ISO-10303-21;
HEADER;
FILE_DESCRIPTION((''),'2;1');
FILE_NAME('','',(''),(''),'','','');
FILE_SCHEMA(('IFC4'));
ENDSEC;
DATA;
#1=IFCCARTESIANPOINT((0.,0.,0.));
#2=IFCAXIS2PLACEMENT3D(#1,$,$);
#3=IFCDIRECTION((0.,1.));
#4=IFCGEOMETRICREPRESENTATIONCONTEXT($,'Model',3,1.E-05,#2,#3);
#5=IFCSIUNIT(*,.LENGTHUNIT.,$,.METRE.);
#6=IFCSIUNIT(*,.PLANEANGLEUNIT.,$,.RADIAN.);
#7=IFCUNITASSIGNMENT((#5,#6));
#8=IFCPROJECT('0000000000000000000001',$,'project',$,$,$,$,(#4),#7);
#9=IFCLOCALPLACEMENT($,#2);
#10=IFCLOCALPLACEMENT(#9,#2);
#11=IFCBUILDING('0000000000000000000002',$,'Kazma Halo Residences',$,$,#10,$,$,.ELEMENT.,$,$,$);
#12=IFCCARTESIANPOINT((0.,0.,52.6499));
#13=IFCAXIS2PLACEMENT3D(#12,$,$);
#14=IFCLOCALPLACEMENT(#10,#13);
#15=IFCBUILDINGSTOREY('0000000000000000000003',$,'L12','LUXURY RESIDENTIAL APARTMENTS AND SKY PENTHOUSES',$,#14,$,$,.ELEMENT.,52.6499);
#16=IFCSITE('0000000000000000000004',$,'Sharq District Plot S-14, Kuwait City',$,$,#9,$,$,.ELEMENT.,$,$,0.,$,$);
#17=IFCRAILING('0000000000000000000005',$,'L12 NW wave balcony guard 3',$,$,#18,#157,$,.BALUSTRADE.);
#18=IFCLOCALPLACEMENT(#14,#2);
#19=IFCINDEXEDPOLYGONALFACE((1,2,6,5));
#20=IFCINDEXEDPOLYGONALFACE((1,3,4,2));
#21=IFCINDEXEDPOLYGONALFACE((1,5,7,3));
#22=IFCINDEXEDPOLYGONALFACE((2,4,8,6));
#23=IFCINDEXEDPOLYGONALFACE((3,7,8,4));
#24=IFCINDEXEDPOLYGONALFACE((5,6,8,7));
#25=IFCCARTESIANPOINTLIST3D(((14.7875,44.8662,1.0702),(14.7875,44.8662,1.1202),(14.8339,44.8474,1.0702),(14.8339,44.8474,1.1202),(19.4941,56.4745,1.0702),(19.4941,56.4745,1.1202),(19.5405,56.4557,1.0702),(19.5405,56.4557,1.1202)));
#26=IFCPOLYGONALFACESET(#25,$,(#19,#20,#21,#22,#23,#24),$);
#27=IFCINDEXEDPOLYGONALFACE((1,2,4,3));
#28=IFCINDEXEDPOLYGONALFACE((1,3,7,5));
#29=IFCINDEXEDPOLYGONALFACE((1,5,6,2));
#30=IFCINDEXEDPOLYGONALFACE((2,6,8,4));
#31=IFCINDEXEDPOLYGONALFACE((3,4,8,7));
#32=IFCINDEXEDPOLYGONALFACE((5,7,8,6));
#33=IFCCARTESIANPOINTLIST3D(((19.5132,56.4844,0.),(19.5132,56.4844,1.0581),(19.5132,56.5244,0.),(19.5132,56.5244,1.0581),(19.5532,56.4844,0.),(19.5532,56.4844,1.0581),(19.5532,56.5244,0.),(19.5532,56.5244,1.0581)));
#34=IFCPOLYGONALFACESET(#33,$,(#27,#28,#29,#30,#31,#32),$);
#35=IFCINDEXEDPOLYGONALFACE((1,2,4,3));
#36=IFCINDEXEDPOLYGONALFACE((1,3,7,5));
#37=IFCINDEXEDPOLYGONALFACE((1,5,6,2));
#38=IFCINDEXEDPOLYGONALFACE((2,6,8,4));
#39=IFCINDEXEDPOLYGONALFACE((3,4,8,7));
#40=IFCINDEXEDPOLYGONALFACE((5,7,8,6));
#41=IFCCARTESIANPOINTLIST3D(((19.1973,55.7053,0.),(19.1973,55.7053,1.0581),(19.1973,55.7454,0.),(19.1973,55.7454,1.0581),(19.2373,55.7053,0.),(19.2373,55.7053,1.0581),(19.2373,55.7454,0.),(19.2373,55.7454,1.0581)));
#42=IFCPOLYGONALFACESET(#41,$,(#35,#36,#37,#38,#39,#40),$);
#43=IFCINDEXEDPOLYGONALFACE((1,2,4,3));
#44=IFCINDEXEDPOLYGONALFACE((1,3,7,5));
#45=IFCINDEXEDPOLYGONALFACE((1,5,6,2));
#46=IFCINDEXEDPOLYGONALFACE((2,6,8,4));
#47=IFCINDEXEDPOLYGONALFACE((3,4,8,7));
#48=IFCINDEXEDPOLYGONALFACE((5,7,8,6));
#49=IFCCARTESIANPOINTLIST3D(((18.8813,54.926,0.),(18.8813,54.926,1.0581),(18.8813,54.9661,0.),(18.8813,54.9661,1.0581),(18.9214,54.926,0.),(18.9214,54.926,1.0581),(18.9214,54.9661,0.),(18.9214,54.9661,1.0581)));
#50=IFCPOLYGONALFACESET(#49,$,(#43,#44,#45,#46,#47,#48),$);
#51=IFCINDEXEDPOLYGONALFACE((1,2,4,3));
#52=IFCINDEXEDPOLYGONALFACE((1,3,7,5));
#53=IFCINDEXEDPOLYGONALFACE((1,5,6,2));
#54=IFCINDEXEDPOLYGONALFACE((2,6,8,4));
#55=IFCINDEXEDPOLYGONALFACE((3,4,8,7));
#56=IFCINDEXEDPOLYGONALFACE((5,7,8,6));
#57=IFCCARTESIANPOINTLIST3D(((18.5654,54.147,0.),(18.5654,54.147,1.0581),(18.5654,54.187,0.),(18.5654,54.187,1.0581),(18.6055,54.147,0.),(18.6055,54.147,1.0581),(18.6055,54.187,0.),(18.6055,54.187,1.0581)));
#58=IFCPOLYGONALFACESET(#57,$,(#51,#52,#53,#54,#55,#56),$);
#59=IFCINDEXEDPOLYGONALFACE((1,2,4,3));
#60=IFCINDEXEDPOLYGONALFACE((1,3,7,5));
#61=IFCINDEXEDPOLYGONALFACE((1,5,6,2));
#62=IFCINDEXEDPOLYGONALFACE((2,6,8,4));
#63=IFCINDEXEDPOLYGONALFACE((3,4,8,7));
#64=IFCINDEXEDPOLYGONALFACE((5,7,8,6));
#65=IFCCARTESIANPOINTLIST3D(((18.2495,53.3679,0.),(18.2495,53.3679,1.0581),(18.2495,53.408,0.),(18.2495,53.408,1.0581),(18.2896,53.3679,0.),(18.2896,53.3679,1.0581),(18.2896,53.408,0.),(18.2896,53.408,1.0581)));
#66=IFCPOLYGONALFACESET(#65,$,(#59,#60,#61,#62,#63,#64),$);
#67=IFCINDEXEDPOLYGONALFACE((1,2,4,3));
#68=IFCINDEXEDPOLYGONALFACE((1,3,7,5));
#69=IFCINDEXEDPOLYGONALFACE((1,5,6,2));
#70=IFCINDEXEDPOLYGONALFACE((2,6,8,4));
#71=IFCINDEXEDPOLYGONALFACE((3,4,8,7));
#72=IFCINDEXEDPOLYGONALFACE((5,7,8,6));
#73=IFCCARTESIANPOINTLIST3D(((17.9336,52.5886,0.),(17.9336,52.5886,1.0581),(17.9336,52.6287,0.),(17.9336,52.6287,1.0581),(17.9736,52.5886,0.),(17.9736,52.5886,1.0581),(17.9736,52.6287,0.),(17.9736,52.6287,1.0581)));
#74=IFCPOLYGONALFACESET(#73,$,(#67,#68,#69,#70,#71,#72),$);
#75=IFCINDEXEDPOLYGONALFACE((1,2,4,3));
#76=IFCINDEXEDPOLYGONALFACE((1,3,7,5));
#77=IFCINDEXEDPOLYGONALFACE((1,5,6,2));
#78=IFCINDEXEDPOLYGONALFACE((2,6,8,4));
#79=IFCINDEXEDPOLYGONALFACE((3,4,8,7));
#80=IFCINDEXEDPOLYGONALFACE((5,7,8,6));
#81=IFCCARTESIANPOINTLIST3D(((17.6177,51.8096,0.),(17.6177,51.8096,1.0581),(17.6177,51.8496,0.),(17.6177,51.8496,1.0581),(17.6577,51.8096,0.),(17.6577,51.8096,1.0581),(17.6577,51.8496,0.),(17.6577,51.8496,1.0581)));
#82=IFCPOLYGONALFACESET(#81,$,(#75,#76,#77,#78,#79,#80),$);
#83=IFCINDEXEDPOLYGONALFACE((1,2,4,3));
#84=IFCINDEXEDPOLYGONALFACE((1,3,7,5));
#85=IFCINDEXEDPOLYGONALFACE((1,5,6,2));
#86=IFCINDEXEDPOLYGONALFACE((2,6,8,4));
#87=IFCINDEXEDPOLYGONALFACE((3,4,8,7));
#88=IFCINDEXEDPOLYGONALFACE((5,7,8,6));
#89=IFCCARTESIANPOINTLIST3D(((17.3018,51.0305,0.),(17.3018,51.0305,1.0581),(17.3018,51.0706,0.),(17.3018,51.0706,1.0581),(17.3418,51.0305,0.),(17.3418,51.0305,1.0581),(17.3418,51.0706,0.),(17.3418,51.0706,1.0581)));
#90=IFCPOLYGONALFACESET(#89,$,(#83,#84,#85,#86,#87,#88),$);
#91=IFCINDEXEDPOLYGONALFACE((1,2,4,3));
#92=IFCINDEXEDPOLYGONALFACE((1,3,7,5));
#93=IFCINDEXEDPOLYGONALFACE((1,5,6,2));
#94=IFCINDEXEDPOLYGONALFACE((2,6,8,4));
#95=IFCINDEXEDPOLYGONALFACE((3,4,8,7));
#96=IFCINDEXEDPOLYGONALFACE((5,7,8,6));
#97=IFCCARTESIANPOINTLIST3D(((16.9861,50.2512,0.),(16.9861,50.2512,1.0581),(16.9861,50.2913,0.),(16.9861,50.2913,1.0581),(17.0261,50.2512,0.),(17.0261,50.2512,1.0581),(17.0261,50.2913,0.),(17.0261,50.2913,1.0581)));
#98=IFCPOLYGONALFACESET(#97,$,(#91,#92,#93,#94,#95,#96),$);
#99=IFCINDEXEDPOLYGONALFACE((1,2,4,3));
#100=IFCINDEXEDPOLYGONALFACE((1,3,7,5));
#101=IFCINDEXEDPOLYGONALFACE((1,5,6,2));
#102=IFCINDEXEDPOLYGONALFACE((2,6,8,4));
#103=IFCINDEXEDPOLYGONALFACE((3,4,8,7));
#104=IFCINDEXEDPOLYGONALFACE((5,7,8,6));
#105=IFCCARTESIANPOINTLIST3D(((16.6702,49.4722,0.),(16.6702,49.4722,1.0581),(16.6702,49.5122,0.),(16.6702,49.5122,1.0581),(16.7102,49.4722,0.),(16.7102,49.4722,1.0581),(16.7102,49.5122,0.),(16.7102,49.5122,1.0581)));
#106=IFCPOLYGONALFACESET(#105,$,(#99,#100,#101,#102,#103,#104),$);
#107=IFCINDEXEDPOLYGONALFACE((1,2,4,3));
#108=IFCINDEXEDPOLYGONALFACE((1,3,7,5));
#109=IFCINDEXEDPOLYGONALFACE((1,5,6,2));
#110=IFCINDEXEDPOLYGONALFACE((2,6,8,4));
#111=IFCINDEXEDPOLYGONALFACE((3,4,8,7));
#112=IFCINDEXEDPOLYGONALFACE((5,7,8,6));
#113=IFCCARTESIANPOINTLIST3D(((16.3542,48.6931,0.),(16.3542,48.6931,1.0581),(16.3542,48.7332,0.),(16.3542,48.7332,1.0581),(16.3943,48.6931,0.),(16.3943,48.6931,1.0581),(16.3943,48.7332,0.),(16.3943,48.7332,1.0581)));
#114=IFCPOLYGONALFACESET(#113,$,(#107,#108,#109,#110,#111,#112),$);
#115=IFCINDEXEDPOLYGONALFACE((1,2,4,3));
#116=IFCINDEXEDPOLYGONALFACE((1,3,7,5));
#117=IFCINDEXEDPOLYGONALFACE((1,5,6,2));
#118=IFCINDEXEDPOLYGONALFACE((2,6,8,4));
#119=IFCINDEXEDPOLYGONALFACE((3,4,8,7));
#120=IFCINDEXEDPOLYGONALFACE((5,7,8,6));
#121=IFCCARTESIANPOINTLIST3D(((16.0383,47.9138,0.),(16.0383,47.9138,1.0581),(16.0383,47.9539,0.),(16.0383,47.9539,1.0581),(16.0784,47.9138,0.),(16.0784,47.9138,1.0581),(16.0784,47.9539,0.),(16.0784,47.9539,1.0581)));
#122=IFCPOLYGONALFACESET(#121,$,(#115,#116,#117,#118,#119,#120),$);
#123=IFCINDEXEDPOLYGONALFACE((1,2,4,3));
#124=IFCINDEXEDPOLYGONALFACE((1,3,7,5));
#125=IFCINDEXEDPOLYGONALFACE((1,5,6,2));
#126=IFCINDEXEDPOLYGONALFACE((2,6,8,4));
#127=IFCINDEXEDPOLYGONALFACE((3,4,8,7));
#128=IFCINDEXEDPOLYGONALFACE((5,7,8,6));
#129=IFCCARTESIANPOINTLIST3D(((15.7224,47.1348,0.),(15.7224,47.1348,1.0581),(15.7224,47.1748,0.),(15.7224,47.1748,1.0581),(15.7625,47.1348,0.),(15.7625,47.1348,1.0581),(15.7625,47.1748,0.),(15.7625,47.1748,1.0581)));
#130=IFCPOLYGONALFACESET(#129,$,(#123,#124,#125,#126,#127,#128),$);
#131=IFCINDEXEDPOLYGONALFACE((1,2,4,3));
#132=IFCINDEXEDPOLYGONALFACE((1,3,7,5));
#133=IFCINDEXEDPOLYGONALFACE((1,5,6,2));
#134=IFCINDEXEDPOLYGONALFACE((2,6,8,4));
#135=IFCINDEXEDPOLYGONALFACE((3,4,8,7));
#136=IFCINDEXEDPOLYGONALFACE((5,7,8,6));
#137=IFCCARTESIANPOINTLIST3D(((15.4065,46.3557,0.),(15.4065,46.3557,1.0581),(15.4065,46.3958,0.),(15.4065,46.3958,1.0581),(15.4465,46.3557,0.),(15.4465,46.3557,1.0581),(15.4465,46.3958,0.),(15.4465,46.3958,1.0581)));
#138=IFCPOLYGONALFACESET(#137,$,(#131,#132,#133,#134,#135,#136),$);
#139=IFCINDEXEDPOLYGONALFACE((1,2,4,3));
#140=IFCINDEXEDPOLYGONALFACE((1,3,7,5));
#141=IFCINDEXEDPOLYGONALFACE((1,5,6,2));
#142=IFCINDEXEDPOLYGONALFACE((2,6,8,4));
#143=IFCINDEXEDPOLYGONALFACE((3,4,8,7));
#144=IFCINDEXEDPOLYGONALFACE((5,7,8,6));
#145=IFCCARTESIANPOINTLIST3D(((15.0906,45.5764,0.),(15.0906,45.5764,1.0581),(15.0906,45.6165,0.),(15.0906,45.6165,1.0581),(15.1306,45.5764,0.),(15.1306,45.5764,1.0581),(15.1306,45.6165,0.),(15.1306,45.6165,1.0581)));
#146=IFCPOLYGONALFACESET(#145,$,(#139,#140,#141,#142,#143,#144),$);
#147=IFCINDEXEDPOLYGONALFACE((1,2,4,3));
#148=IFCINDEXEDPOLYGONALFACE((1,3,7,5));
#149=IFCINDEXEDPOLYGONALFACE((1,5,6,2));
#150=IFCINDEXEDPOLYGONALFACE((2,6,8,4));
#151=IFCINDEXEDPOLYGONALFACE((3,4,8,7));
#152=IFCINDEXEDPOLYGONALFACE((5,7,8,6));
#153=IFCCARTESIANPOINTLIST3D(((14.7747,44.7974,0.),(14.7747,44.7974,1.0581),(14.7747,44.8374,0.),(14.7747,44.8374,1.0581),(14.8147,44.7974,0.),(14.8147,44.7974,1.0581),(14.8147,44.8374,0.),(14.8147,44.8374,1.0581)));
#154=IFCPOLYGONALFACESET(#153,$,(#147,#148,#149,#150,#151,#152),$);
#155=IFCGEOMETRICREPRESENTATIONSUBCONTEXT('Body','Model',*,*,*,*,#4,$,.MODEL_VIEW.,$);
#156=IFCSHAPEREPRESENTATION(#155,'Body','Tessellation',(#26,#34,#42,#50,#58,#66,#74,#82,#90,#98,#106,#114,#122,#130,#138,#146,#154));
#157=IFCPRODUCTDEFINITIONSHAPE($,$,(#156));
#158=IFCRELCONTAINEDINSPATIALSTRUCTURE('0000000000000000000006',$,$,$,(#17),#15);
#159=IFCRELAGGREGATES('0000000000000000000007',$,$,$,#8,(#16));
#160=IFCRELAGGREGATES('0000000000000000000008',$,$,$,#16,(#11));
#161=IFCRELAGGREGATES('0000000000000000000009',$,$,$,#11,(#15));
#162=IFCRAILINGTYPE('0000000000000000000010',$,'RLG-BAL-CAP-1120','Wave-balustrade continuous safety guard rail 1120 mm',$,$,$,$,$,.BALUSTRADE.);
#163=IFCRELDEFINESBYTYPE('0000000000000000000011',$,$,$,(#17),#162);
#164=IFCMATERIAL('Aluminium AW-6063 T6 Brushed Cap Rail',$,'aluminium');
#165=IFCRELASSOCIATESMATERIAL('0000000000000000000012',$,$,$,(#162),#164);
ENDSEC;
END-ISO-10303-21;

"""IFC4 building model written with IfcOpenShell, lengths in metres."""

from ifc_helpers import new_model, si_unit, direction, frame, origin, origin_2d, place, context, subcontext, project, spatial, rectangle, extrude, material, type_object, element, save


model = new_model("IFC4")

# Units and contexts
model_context = context("Model", 3, precision=1e-05, world=origin(), true_north=direction((0.0, 1.0)))
body_context = subcontext(model_context, "Body", "Model", "MODEL_VIEW")
ifc_project = project(units=[si_unit("LENGTHUNIT", "METRE"), si_unit("PLANEANGLEUNIT", "RADIAN")], contexts=[model_context])

# Site, building, storey
site_placement = place(None, origin())
site = spatial("IfcSite", under=ifc_project, at=site_placement, Name="Sharq District Plot S-14, Kuwait City", CompositionType="ELEMENT", RefElevation=0.0)
building_placement = place(site_placement, origin())
building = spatial("IfcBuilding", under=site, at=building_placement, Name="Kazma Halo Residences", CompositionType="ELEMENT")
storey_placement = place(building_placement, frame((0.0, 0.0, 52.6499)))
storey = spatial("IfcBuildingStorey", under=building, at=storey_placement, Name="L12", Description="LUXURY RESIDENTIAL APARTMENTS AND SKY PENTHOUSES", CompositionType="ELEMENT", Elevation=52.6499)

# Railing
ifc_material_1 = material(Name="Aluminium AW-6063 T6 Brushed Cap Rail", Category="aluminium")
railing_type = type_object("IfcRailingType", Name="RLG-BAL-CAP-1120", Description="Wave-balustrade continuous safety guard rail 1120 mm", PredefinedType="BALUSTRADE", material=ifc_material_1)
railing_1_placement = place(storey_placement, frame((19.5332, 56.5044, 0.0)))
element("IfcRailing", 1, at=railing_1_placement, inside=storey, type_object=railing_type, Name="L12 NW wave balcony guard 3", PredefinedType="BALUSTRADE", context=body_context, shape_type="SweptSolid", body=[
    extrude(rectangle(XDim=0.05, YDim=0.05, at=origin_2d()), frame((-0.0159, -0.0393, 1.0952), z_axis=(-0.375742, -0.926724, 0.0), x_axis=(0.926724, -0.375742, 0.0)), (0.0, 0.0, 1.0), 12.5261),
    extrude(rectangle(XDim=0.04, YDim=0.04, at=origin_2d()), origin(), (0.0, 0.0, 1.0), 1.0581),
    extrude(rectangle(XDim=0.04, YDim=0.04, at=origin_2d()), frame((-0.3159, -0.7791, 0.0)), (0.0, 0.0, 1.0), 1.0581),
    extrude(rectangle(XDim=0.04, YDim=0.04, at=origin_2d()), frame((-0.6318, -1.5583, 0.0)), (0.0, 0.0, 1.0), 1.0581),
    extrude(rectangle(XDim=0.04, YDim=0.04, at=origin_2d()), frame((-0.9478, -2.3374, 0.0)), (0.0, 0.0, 1.0), 1.0581),
    extrude(rectangle(XDim=0.04, YDim=0.04, at=origin_2d()), frame((-1.2637, -3.1165, 0.0)), (0.0, 0.0, 1.0), 1.0581),
    extrude(rectangle(XDim=0.04, YDim=0.04, at=origin_2d()), frame((-1.5796, -3.8958, 0.0)), (0.0, 0.0, 1.0), 1.0581),
    extrude(rectangle(XDim=0.04, YDim=0.04, at=origin_2d()), frame((-1.8955, -4.6748, 0.0)), (0.0, 0.0, 1.0), 1.0581),
    extrude(rectangle(XDim=0.04, YDim=0.04, at=origin_2d()), frame((-2.2114, -5.4539, 0.0)), (0.0, 0.0, 1.0), 1.0581),
    extrude(rectangle(XDim=0.04, YDim=0.04, at=origin_2d()), frame((-2.5271, -6.2332, 0.0)), (0.0, 0.0, 1.0), 1.0581),
    extrude(rectangle(XDim=0.04, YDim=0.04, at=origin_2d()), frame((-2.843, -7.0122, 0.0)), (0.0, 0.0, 1.0), 1.0581),
    extrude(rectangle(XDim=0.04, YDim=0.04, at=origin_2d()), frame((-3.1589, -7.7913, 0.0)), (0.0, 0.0, 1.0), 1.0581),
    extrude(rectangle(XDim=0.04, YDim=0.04, at=origin_2d()), frame((-3.4749, -8.5706, 0.0)), (0.0, 0.0, 1.0), 1.0581),
    extrude(rectangle(XDim=0.04, YDim=0.04, at=origin_2d()), frame((-3.7908, -9.3496, 0.0)), (0.0, 0.0, 1.0), 1.0581),
    extrude(rectangle(XDim=0.04, YDim=0.04, at=origin_2d()), frame((-4.1067, -10.1287, 0.0)), (0.0, 0.0, 1.0), 1.0581),
    extrude(rectangle(XDim=0.04, YDim=0.04, at=origin_2d()), frame((-4.4226, -10.908, 0.0)), (0.0, 0.0, 1.0), 1.0581),
    extrude(rectangle(XDim=0.04, YDim=0.04, at=origin_2d()), frame((-4.7385, -11.687, 0.0)), (0.0, 0.0, 1.0), 1.0581),
])

save(model, "model.ifc")
